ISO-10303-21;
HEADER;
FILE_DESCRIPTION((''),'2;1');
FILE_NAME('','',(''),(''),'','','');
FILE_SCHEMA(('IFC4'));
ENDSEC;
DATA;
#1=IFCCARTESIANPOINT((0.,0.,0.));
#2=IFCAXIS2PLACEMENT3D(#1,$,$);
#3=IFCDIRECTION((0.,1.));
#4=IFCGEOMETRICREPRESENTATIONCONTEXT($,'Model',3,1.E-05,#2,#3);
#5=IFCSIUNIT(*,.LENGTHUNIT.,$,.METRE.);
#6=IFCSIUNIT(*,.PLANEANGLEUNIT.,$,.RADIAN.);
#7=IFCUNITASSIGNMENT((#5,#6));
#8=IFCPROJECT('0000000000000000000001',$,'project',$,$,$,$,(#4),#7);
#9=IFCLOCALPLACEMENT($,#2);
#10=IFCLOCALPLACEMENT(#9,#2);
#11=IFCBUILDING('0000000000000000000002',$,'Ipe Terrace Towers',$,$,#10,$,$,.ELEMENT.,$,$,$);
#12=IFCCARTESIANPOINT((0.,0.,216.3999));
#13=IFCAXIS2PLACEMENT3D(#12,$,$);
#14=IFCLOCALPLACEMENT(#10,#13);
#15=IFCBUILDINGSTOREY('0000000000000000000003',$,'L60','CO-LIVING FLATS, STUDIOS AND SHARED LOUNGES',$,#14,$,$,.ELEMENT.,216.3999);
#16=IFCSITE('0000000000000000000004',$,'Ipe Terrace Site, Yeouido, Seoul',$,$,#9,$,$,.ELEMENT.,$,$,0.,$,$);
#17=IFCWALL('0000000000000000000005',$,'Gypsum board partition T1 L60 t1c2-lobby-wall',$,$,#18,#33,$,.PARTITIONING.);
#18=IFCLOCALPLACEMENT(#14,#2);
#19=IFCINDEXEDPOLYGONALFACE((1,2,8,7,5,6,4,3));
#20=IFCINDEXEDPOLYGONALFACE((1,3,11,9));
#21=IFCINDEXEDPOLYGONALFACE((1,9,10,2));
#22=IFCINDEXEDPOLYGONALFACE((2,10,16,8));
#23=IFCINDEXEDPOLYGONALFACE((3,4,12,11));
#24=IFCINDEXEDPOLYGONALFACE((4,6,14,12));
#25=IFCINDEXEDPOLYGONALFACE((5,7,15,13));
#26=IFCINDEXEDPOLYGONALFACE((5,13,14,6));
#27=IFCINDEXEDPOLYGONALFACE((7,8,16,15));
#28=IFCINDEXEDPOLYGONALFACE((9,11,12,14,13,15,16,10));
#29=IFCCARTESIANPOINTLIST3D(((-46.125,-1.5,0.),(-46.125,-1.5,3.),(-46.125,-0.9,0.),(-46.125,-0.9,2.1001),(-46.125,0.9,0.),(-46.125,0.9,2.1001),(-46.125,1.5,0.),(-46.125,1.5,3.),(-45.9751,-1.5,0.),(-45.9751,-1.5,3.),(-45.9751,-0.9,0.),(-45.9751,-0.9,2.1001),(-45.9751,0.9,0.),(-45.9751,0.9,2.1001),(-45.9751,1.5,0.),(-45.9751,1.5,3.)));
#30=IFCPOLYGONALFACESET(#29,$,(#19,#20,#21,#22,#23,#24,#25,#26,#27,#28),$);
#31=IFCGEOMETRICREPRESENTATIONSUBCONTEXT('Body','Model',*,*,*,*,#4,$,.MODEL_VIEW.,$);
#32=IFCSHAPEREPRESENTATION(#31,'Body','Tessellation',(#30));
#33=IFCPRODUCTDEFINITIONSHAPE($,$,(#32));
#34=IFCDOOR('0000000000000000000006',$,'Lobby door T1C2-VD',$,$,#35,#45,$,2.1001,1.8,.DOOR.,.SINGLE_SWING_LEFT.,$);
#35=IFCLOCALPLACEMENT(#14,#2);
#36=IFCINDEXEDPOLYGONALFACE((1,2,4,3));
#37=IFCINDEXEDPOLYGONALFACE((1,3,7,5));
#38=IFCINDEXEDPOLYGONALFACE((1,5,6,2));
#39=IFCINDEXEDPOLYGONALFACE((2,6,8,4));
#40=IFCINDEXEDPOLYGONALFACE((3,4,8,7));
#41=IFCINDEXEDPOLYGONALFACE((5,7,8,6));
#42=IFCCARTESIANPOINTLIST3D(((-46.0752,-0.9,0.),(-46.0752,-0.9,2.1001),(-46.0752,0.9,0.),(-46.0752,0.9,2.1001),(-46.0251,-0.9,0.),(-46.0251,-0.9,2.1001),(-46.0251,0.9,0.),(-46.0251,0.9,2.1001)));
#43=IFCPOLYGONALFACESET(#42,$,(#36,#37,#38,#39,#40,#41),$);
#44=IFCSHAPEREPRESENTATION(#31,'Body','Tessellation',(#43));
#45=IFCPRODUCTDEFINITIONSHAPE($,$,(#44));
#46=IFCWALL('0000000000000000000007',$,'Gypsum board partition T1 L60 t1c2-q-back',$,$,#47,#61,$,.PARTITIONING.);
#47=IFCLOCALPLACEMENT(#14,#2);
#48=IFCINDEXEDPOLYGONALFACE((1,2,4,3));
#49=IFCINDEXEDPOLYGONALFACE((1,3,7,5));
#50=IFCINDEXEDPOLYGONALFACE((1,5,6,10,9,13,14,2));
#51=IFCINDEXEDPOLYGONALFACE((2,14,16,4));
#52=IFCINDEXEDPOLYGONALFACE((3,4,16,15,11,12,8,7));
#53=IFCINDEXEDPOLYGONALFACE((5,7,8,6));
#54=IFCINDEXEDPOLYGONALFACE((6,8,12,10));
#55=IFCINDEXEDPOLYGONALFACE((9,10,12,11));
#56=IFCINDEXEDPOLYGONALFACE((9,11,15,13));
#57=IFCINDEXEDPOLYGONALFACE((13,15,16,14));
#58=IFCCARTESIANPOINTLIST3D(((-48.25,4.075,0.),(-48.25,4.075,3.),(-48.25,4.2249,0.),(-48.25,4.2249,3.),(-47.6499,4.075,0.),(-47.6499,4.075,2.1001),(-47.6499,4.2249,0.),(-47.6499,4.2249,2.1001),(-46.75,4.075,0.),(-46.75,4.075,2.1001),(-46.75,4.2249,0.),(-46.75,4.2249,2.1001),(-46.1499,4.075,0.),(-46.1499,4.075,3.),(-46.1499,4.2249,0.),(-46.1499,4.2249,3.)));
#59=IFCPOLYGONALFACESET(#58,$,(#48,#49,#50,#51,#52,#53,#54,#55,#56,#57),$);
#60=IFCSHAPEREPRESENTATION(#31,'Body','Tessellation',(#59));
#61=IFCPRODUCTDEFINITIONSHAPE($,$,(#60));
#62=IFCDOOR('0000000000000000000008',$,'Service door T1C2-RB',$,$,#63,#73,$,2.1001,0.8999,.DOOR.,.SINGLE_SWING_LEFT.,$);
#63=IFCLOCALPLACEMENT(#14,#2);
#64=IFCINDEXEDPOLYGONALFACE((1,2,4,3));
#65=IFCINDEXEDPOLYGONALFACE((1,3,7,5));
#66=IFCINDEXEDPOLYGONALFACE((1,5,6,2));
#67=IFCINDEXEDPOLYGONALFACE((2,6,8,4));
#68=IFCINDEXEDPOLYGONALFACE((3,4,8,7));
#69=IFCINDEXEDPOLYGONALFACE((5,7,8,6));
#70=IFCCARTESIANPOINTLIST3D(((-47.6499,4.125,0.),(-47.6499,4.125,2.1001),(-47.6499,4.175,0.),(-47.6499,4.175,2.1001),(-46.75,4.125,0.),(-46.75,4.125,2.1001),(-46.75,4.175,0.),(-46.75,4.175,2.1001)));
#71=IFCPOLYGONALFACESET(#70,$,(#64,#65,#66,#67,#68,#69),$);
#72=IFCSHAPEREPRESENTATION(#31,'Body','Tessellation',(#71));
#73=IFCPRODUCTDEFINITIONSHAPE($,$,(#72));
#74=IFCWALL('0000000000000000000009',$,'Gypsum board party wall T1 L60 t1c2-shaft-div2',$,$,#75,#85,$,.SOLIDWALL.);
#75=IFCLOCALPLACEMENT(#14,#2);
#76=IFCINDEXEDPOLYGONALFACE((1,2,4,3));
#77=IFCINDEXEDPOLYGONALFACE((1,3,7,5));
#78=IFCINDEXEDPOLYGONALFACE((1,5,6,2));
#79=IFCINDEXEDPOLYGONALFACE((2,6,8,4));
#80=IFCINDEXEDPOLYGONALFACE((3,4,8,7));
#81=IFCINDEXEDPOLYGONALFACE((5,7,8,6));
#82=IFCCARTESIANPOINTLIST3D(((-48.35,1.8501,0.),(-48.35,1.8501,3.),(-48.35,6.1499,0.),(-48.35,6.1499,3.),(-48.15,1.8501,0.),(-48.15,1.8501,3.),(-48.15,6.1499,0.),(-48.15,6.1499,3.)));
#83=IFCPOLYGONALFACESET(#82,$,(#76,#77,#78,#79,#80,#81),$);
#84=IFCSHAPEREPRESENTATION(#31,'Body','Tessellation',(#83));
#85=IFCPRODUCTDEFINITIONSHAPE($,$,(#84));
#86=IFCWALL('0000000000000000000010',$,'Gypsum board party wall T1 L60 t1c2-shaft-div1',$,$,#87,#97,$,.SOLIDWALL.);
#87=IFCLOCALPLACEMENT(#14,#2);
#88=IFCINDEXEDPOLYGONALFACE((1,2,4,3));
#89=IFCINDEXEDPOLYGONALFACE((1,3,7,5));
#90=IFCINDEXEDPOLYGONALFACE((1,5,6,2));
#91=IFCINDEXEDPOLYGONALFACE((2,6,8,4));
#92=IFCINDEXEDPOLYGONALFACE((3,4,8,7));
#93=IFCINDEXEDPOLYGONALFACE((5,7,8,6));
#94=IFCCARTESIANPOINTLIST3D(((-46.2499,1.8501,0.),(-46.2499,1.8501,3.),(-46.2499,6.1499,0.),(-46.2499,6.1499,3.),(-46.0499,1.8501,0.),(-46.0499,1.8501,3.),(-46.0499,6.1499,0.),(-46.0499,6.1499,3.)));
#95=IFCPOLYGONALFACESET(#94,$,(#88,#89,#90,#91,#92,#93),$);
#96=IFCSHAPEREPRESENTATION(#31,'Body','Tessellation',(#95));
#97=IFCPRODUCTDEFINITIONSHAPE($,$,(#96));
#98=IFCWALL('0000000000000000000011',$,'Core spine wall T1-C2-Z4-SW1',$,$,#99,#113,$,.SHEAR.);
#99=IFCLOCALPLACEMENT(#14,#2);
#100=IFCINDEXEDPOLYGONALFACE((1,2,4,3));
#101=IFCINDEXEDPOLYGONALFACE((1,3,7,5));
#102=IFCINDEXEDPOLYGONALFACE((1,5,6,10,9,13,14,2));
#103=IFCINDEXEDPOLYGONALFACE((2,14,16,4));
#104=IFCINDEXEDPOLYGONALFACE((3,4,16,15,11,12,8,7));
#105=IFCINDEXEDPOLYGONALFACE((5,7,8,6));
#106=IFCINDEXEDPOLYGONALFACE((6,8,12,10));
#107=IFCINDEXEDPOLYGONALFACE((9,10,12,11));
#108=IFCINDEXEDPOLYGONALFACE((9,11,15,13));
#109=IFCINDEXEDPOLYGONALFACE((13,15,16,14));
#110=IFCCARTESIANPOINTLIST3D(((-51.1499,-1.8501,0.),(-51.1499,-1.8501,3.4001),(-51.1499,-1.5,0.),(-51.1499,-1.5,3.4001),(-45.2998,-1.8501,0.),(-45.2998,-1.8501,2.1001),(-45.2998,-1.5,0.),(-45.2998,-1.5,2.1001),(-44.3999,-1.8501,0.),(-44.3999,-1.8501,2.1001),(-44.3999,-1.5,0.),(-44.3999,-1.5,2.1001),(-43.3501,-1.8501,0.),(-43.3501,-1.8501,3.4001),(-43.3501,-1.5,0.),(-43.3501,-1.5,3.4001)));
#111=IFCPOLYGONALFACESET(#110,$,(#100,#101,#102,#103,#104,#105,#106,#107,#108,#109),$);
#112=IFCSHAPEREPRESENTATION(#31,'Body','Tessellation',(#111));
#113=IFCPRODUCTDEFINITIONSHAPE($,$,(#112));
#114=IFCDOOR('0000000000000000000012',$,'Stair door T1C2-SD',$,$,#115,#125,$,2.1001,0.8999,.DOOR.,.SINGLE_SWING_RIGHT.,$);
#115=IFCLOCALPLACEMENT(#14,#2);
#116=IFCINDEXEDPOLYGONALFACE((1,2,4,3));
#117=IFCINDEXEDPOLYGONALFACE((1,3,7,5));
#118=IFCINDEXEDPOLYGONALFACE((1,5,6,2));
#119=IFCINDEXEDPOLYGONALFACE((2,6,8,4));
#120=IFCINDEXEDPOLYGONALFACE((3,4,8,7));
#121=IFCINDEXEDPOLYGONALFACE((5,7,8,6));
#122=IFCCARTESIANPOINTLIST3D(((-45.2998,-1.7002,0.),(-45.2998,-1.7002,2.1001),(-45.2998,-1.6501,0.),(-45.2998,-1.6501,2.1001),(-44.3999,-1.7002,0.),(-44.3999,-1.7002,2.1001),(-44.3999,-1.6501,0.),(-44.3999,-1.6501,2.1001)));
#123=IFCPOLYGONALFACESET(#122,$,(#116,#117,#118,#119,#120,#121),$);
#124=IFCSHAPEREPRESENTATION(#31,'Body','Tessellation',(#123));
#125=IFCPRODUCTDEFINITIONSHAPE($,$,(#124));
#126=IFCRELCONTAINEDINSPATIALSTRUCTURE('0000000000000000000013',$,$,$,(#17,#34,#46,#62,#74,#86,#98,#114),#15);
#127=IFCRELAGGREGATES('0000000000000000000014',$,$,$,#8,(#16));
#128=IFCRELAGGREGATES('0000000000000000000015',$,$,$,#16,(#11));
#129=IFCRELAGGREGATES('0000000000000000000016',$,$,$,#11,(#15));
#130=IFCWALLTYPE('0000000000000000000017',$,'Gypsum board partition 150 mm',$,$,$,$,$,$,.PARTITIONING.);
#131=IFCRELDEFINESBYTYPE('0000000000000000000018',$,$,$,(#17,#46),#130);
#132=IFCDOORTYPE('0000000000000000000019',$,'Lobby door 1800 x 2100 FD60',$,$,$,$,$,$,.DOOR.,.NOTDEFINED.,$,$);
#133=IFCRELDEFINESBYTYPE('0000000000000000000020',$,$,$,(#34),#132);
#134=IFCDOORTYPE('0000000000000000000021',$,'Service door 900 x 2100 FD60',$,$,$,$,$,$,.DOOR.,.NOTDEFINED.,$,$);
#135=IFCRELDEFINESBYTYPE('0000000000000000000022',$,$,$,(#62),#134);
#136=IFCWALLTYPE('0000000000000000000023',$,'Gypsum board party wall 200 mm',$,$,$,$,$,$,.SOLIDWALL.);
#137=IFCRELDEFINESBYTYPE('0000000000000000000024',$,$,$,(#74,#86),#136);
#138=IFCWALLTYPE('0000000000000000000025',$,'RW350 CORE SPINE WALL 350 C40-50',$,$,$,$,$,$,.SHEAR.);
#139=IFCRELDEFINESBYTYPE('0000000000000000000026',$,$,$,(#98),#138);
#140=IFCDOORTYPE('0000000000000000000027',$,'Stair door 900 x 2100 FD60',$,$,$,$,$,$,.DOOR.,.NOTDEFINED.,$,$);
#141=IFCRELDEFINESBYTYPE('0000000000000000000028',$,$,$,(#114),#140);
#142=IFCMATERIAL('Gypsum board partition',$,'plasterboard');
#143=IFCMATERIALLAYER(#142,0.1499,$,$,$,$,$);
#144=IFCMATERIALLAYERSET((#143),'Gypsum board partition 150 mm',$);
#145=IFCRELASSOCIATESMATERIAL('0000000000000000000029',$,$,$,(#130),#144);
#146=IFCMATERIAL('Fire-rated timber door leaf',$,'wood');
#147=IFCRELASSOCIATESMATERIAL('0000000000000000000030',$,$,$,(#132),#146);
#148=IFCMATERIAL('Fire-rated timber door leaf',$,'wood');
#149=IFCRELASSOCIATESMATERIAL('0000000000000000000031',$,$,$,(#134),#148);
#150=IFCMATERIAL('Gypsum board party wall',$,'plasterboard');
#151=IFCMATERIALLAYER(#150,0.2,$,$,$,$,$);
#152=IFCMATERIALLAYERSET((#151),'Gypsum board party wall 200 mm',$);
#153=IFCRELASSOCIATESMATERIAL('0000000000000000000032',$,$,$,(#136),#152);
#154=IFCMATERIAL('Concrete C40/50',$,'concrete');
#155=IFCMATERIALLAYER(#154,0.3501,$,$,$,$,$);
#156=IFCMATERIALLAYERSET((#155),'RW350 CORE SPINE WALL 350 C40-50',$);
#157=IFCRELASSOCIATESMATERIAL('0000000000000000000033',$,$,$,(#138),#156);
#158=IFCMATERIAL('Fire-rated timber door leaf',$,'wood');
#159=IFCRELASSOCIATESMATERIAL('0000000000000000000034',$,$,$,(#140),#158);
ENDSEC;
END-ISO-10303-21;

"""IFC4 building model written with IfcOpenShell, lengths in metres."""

from ifc_helpers import new_model, si_unit, direction, frame, frame_2d, origin, place, context, subcontext, project, spatial, rectangle, extrude, material, layer, layer_set, type_object, element, fill, save


model = new_model("IFC4")

# Units and contexts
model_context = context("Model", 3, precision=1e-05, world=origin(), true_north=direction((0.0, 1.0)))
body_context = subcontext(model_context, "Body", "Model", "MODEL_VIEW")
ifc_project = project(units=[si_unit("LENGTHUNIT", "METRE"), si_unit("PLANEANGLEUNIT", "RADIAN")], contexts=[model_context])

# Site, building, storey
site_placement = place(None, origin())
site = spatial("IfcSite", under=ifc_project, at=site_placement, Name="Ipe Terrace Site, Yeouido, Seoul", CompositionType="ELEMENT", RefElevation=0.0)
building_placement = place(site_placement, origin())
building = spatial("IfcBuilding", under=site, at=building_placement, Name="Ipe Terrace Towers", CompositionType="ELEMENT")
storey_placement = place(building_placement, frame((0.0, 0.0, 216.3999)))
storey = spatial("IfcBuildingStorey", under=building, at=storey_placement, Name="L60", Description="CO-LIVING FLATS, STUDIOS AND SHARED LOUNGES", CompositionType="ELEMENT", Elevation=216.3999)

# Walls, openings, doors
ifc_material_1 = material(Name="Gypsum board partition", Category="plasterboard")
ifc_layer_1 = layer(ifc_material_1, 0.1499)
ifc_layer_set_1 = layer_set([ifc_layer_1], Name="Gypsum board partition 150 mm")
wall_type_1 = type_object("IfcWallType", Name="Gypsum board partition 150 mm", PredefinedType="PARTITIONING", material=ifc_layer_set_1)
wall_1_placement = place(storey_placement, frame((-46.05, 1.5, 0.0), z_axis=(0.0, 0.0, 1.0), x_axis=(0.0, -1.0, 0.0)))
wall_1 = element("IfcWall", 1, at=wall_1_placement, inside=storey, type_object=wall_type_1, Name="Gypsum board partition T1 L60 t1c2-lobby-wall", PredefinedType="PARTITIONING", context=body_context, shape_type="SweptSolid", body=[
    extrude(rectangle(XDim=3.0, YDim=0.1499, at=frame_2d((1.5, 0.0))), origin(), (0.0, 0.0, 1.0), 3.0),
])
opening_1_placement = place(wall_1_placement, frame((0.6001, 0.0, 0.0)))
opening_1 = element("IfcOpeningElement", 2, at=opening_1_placement, cuts=wall_1, PredefinedType="OPENING", context=body_context, shape_type="SweptSolid", body=[
    extrude(rectangle(XDim=1.8, YDim=2.1001, at=frame_2d((0.8999, 1.05))), frame((0.0, 0.085, 0.0), z_axis=(0.0, -1.0, 0.0), x_axis=(1.0, 0.0, 0.0)), (0.0, 0.0, 1.0), 0.1699),
])
ifc_material_2 = material(Name="Fire-rated timber door leaf", Category="wood")
door_type_1 = type_object("IfcDoorType", Name="Lobby door 1800 x 2100 FD60", OperationType="NOTDEFINED", PredefinedType="DOOR", material=ifc_material_2)
door_1_placement = place(opening_1_placement, origin())
door_1 = element("IfcDoor", 3, at=door_1_placement, inside=storey, type_object=door_type_1, Name="Lobby door T1C2-VD", OperationType="SINGLE_SWING_LEFT", OverallHeight=2.1001, OverallWidth=1.8, PredefinedType="DOOR", context=body_context, shape_type="SweptSolid", body=[
    extrude(rectangle(XDim=1.8, YDim=2.1001, at=frame_2d((0.8999, 1.05))), frame((0.0, 0.0249, 0.0), z_axis=(0.0, -1.0, 0.0), x_axis=(1.0, 0.0, 0.0)), (0.0, 0.0, 1.0), 0.05),
])
fill(opening_1, door_1)
wall_2_placement = place(storey_placement, frame((-46.1499, 4.1499, 0.0), z_axis=(0.0, 0.0, 1.0), x_axis=(-1.0, 0.0, 0.0)))
wall_2 = element("IfcWall", 4, at=wall_2_placement, inside=storey, type_object=wall_type_1, Name="Gypsum board partition T1 L60 t1c2-q-back", PredefinedType="PARTITIONING", context=body_context, shape_type="SweptSolid", body=[
    extrude(rectangle(XDim=2.1001, YDim=0.1499, at=frame_2d((1.05, 0.0))), origin(), (0.0, 0.0, 1.0), 3.0),
])
opening_2_placement = place(wall_2_placement, frame((0.6001, 0.0, 0.0)))
opening_2 = element("IfcOpeningElement", 5, at=opening_2_placement, cuts=wall_2, PredefinedType="OPENING", context=body_context, shape_type="SweptSolid", body=[
    extrude(rectangle(XDim=0.8999, YDim=2.1001, at=frame_2d((0.45, 1.05))), frame((0.0, 0.085, 0.0), z_axis=(0.0, -1.0, 0.0), x_axis=(1.0, 0.0, 0.0)), (0.0, 0.0, 1.0), 0.1699),
])
ifc_material_3 = material(Name="Fire-rated timber door leaf", Category="wood")
door_type_2 = type_object("IfcDoorType", Name="Service door 900 x 2100 FD60", OperationType="NOTDEFINED", PredefinedType="DOOR", material=ifc_material_3)
door_2_placement = place(opening_2_placement, origin())
door_2 = element("IfcDoor", 6, at=door_2_placement, inside=storey, type_object=door_type_2, Name="Service door T1C2-RB", OperationType="SINGLE_SWING_LEFT", OverallHeight=2.1001, OverallWidth=0.8999, PredefinedType="DOOR", context=body_context, shape_type="SweptSolid", body=[
    extrude(rectangle(XDim=0.8999, YDim=2.1001, at=frame_2d((0.45, 1.05))), frame((0.0, 0.0249, 0.0), z_axis=(0.0, -1.0, 0.0), x_axis=(1.0, 0.0, 0.0)), (0.0, 0.0, 1.0), 0.05),
])
fill(opening_2, door_2)

# Walls
ifc_material_4 = material(Name="Gypsum board party wall", Category="plasterboard")
ifc_layer_2 = layer(ifc_material_4, 0.2)
ifc_layer_set_2 = layer_set([ifc_layer_2], Name="Gypsum board party wall 200 mm")
wall_type_2 = type_object("IfcWallType", Name="Gypsum board party wall 200 mm", PredefinedType="SOLIDWALL", material=ifc_layer_set_2)
for number, where, z_axis, x_axis, name in (
    (7, (-48.25, 6.1499, 0.0), (0.0, 0.0, 1.0), (0.0, -1.0, 0.0), "Gypsum board party wall T1 L60 t1c2-shaft-div2"),
    (8, (-46.1499, 6.1499, 0.0), (0.0, 0.0, 1.0), (0.0, -1.0, 0.0), "Gypsum board party wall T1 L60 t1c2-shaft-div1"),
):
    element("IfcWall", number, at=place(storey_placement, frame(where, z_axis=z_axis, x_axis=x_axis)), inside=storey, type_object=wall_type_2, Name=name, PredefinedType="SOLIDWALL", context=body_context, shape_type="SweptSolid", body=[
        extrude(rectangle(XDim=4.2998, YDim=0.2, at=frame_2d((2.1499, 0.0))), origin(), (0.0, 0.0, 1.0), 3.0),
    ])

# Wall, opening, door
ifc_material_5 = material(Name="Concrete C40/50", Category="concrete")
ifc_layer_3 = layer(ifc_material_5, 0.3501)
ifc_layer_set_3 = layer_set([ifc_layer_3], Name="RW350 CORE SPINE WALL 350 C40-50")
wall_type_3 = type_object("IfcWallType", Name="RW350 CORE SPINE WALL 350 C40-50", PredefinedType="SHEAR", material=ifc_layer_set_3)
wall_3_placement = place(storey_placement, frame((-51.1499, -1.675, 0.0), z_axis=(0.0, 0.0, 1.0), x_axis=(1.0, 0.0, 0.0)))
wall_3 = element("IfcWall", 9, at=wall_3_placement, inside=storey, type_object=wall_type_3, Name="Core spine wall T1-C2-Z4-SW1", PredefinedType="SHEAR", context=body_context, shape_type="SweptSolid", body=[
    extrude(rectangle(XDim=7.7998, YDim=0.3501, at=frame_2d((3.8999, 0.0))), origin(), (0.0, 0.0, 1.0), 3.4001),
])
opening_3_placement = place(wall_3_placement, frame((5.8501, 0.0, 0.0)))
opening_3 = element("IfcOpeningElement", 10, at=opening_3_placement, cuts=wall_3, PredefinedType="OPENING", context=body_context, shape_type="SweptSolid", body=[
    extrude(rectangle(XDim=0.8999, YDim=2.1001, at=frame_2d((0.45, 1.05))), frame((0.0, 0.1851, 0.0), z_axis=(0.0, -1.0, 0.0), x_axis=(1.0, 0.0, 0.0)), (0.0, 0.0, 1.0), 0.3701),
])
ifc_material_6 = material(Name="Fire-rated timber door leaf", Category="wood")
door_type_3 = type_object("IfcDoorType", Name="Stair door 900 x 2100 FD60", OperationType="NOTDEFINED", PredefinedType="DOOR", material=ifc_material_6)
door_3_placement = place(opening_3_placement, origin())
door_3 = element("IfcDoor", 11, at=door_3_placement, inside=storey, type_object=door_type_3, Name="Stair door T1C2-SD", OperationType="SINGLE_SWING_RIGHT", OverallHeight=2.1001, OverallWidth=0.8999, PredefinedType="DOOR", context=body_context, shape_type="SweptSolid", body=[
    extrude(rectangle(XDim=0.8999, YDim=2.1001, at=frame_2d((0.45, 1.05))), frame((0.0, 0.0249, 0.0), z_axis=(0.0, -1.0, 0.0), x_axis=(1.0, 0.0, 0.0)), (0.0, 0.0, 1.0), 0.05),
])
fill(opening_3, door_3)

save(model, "model.ifc")
